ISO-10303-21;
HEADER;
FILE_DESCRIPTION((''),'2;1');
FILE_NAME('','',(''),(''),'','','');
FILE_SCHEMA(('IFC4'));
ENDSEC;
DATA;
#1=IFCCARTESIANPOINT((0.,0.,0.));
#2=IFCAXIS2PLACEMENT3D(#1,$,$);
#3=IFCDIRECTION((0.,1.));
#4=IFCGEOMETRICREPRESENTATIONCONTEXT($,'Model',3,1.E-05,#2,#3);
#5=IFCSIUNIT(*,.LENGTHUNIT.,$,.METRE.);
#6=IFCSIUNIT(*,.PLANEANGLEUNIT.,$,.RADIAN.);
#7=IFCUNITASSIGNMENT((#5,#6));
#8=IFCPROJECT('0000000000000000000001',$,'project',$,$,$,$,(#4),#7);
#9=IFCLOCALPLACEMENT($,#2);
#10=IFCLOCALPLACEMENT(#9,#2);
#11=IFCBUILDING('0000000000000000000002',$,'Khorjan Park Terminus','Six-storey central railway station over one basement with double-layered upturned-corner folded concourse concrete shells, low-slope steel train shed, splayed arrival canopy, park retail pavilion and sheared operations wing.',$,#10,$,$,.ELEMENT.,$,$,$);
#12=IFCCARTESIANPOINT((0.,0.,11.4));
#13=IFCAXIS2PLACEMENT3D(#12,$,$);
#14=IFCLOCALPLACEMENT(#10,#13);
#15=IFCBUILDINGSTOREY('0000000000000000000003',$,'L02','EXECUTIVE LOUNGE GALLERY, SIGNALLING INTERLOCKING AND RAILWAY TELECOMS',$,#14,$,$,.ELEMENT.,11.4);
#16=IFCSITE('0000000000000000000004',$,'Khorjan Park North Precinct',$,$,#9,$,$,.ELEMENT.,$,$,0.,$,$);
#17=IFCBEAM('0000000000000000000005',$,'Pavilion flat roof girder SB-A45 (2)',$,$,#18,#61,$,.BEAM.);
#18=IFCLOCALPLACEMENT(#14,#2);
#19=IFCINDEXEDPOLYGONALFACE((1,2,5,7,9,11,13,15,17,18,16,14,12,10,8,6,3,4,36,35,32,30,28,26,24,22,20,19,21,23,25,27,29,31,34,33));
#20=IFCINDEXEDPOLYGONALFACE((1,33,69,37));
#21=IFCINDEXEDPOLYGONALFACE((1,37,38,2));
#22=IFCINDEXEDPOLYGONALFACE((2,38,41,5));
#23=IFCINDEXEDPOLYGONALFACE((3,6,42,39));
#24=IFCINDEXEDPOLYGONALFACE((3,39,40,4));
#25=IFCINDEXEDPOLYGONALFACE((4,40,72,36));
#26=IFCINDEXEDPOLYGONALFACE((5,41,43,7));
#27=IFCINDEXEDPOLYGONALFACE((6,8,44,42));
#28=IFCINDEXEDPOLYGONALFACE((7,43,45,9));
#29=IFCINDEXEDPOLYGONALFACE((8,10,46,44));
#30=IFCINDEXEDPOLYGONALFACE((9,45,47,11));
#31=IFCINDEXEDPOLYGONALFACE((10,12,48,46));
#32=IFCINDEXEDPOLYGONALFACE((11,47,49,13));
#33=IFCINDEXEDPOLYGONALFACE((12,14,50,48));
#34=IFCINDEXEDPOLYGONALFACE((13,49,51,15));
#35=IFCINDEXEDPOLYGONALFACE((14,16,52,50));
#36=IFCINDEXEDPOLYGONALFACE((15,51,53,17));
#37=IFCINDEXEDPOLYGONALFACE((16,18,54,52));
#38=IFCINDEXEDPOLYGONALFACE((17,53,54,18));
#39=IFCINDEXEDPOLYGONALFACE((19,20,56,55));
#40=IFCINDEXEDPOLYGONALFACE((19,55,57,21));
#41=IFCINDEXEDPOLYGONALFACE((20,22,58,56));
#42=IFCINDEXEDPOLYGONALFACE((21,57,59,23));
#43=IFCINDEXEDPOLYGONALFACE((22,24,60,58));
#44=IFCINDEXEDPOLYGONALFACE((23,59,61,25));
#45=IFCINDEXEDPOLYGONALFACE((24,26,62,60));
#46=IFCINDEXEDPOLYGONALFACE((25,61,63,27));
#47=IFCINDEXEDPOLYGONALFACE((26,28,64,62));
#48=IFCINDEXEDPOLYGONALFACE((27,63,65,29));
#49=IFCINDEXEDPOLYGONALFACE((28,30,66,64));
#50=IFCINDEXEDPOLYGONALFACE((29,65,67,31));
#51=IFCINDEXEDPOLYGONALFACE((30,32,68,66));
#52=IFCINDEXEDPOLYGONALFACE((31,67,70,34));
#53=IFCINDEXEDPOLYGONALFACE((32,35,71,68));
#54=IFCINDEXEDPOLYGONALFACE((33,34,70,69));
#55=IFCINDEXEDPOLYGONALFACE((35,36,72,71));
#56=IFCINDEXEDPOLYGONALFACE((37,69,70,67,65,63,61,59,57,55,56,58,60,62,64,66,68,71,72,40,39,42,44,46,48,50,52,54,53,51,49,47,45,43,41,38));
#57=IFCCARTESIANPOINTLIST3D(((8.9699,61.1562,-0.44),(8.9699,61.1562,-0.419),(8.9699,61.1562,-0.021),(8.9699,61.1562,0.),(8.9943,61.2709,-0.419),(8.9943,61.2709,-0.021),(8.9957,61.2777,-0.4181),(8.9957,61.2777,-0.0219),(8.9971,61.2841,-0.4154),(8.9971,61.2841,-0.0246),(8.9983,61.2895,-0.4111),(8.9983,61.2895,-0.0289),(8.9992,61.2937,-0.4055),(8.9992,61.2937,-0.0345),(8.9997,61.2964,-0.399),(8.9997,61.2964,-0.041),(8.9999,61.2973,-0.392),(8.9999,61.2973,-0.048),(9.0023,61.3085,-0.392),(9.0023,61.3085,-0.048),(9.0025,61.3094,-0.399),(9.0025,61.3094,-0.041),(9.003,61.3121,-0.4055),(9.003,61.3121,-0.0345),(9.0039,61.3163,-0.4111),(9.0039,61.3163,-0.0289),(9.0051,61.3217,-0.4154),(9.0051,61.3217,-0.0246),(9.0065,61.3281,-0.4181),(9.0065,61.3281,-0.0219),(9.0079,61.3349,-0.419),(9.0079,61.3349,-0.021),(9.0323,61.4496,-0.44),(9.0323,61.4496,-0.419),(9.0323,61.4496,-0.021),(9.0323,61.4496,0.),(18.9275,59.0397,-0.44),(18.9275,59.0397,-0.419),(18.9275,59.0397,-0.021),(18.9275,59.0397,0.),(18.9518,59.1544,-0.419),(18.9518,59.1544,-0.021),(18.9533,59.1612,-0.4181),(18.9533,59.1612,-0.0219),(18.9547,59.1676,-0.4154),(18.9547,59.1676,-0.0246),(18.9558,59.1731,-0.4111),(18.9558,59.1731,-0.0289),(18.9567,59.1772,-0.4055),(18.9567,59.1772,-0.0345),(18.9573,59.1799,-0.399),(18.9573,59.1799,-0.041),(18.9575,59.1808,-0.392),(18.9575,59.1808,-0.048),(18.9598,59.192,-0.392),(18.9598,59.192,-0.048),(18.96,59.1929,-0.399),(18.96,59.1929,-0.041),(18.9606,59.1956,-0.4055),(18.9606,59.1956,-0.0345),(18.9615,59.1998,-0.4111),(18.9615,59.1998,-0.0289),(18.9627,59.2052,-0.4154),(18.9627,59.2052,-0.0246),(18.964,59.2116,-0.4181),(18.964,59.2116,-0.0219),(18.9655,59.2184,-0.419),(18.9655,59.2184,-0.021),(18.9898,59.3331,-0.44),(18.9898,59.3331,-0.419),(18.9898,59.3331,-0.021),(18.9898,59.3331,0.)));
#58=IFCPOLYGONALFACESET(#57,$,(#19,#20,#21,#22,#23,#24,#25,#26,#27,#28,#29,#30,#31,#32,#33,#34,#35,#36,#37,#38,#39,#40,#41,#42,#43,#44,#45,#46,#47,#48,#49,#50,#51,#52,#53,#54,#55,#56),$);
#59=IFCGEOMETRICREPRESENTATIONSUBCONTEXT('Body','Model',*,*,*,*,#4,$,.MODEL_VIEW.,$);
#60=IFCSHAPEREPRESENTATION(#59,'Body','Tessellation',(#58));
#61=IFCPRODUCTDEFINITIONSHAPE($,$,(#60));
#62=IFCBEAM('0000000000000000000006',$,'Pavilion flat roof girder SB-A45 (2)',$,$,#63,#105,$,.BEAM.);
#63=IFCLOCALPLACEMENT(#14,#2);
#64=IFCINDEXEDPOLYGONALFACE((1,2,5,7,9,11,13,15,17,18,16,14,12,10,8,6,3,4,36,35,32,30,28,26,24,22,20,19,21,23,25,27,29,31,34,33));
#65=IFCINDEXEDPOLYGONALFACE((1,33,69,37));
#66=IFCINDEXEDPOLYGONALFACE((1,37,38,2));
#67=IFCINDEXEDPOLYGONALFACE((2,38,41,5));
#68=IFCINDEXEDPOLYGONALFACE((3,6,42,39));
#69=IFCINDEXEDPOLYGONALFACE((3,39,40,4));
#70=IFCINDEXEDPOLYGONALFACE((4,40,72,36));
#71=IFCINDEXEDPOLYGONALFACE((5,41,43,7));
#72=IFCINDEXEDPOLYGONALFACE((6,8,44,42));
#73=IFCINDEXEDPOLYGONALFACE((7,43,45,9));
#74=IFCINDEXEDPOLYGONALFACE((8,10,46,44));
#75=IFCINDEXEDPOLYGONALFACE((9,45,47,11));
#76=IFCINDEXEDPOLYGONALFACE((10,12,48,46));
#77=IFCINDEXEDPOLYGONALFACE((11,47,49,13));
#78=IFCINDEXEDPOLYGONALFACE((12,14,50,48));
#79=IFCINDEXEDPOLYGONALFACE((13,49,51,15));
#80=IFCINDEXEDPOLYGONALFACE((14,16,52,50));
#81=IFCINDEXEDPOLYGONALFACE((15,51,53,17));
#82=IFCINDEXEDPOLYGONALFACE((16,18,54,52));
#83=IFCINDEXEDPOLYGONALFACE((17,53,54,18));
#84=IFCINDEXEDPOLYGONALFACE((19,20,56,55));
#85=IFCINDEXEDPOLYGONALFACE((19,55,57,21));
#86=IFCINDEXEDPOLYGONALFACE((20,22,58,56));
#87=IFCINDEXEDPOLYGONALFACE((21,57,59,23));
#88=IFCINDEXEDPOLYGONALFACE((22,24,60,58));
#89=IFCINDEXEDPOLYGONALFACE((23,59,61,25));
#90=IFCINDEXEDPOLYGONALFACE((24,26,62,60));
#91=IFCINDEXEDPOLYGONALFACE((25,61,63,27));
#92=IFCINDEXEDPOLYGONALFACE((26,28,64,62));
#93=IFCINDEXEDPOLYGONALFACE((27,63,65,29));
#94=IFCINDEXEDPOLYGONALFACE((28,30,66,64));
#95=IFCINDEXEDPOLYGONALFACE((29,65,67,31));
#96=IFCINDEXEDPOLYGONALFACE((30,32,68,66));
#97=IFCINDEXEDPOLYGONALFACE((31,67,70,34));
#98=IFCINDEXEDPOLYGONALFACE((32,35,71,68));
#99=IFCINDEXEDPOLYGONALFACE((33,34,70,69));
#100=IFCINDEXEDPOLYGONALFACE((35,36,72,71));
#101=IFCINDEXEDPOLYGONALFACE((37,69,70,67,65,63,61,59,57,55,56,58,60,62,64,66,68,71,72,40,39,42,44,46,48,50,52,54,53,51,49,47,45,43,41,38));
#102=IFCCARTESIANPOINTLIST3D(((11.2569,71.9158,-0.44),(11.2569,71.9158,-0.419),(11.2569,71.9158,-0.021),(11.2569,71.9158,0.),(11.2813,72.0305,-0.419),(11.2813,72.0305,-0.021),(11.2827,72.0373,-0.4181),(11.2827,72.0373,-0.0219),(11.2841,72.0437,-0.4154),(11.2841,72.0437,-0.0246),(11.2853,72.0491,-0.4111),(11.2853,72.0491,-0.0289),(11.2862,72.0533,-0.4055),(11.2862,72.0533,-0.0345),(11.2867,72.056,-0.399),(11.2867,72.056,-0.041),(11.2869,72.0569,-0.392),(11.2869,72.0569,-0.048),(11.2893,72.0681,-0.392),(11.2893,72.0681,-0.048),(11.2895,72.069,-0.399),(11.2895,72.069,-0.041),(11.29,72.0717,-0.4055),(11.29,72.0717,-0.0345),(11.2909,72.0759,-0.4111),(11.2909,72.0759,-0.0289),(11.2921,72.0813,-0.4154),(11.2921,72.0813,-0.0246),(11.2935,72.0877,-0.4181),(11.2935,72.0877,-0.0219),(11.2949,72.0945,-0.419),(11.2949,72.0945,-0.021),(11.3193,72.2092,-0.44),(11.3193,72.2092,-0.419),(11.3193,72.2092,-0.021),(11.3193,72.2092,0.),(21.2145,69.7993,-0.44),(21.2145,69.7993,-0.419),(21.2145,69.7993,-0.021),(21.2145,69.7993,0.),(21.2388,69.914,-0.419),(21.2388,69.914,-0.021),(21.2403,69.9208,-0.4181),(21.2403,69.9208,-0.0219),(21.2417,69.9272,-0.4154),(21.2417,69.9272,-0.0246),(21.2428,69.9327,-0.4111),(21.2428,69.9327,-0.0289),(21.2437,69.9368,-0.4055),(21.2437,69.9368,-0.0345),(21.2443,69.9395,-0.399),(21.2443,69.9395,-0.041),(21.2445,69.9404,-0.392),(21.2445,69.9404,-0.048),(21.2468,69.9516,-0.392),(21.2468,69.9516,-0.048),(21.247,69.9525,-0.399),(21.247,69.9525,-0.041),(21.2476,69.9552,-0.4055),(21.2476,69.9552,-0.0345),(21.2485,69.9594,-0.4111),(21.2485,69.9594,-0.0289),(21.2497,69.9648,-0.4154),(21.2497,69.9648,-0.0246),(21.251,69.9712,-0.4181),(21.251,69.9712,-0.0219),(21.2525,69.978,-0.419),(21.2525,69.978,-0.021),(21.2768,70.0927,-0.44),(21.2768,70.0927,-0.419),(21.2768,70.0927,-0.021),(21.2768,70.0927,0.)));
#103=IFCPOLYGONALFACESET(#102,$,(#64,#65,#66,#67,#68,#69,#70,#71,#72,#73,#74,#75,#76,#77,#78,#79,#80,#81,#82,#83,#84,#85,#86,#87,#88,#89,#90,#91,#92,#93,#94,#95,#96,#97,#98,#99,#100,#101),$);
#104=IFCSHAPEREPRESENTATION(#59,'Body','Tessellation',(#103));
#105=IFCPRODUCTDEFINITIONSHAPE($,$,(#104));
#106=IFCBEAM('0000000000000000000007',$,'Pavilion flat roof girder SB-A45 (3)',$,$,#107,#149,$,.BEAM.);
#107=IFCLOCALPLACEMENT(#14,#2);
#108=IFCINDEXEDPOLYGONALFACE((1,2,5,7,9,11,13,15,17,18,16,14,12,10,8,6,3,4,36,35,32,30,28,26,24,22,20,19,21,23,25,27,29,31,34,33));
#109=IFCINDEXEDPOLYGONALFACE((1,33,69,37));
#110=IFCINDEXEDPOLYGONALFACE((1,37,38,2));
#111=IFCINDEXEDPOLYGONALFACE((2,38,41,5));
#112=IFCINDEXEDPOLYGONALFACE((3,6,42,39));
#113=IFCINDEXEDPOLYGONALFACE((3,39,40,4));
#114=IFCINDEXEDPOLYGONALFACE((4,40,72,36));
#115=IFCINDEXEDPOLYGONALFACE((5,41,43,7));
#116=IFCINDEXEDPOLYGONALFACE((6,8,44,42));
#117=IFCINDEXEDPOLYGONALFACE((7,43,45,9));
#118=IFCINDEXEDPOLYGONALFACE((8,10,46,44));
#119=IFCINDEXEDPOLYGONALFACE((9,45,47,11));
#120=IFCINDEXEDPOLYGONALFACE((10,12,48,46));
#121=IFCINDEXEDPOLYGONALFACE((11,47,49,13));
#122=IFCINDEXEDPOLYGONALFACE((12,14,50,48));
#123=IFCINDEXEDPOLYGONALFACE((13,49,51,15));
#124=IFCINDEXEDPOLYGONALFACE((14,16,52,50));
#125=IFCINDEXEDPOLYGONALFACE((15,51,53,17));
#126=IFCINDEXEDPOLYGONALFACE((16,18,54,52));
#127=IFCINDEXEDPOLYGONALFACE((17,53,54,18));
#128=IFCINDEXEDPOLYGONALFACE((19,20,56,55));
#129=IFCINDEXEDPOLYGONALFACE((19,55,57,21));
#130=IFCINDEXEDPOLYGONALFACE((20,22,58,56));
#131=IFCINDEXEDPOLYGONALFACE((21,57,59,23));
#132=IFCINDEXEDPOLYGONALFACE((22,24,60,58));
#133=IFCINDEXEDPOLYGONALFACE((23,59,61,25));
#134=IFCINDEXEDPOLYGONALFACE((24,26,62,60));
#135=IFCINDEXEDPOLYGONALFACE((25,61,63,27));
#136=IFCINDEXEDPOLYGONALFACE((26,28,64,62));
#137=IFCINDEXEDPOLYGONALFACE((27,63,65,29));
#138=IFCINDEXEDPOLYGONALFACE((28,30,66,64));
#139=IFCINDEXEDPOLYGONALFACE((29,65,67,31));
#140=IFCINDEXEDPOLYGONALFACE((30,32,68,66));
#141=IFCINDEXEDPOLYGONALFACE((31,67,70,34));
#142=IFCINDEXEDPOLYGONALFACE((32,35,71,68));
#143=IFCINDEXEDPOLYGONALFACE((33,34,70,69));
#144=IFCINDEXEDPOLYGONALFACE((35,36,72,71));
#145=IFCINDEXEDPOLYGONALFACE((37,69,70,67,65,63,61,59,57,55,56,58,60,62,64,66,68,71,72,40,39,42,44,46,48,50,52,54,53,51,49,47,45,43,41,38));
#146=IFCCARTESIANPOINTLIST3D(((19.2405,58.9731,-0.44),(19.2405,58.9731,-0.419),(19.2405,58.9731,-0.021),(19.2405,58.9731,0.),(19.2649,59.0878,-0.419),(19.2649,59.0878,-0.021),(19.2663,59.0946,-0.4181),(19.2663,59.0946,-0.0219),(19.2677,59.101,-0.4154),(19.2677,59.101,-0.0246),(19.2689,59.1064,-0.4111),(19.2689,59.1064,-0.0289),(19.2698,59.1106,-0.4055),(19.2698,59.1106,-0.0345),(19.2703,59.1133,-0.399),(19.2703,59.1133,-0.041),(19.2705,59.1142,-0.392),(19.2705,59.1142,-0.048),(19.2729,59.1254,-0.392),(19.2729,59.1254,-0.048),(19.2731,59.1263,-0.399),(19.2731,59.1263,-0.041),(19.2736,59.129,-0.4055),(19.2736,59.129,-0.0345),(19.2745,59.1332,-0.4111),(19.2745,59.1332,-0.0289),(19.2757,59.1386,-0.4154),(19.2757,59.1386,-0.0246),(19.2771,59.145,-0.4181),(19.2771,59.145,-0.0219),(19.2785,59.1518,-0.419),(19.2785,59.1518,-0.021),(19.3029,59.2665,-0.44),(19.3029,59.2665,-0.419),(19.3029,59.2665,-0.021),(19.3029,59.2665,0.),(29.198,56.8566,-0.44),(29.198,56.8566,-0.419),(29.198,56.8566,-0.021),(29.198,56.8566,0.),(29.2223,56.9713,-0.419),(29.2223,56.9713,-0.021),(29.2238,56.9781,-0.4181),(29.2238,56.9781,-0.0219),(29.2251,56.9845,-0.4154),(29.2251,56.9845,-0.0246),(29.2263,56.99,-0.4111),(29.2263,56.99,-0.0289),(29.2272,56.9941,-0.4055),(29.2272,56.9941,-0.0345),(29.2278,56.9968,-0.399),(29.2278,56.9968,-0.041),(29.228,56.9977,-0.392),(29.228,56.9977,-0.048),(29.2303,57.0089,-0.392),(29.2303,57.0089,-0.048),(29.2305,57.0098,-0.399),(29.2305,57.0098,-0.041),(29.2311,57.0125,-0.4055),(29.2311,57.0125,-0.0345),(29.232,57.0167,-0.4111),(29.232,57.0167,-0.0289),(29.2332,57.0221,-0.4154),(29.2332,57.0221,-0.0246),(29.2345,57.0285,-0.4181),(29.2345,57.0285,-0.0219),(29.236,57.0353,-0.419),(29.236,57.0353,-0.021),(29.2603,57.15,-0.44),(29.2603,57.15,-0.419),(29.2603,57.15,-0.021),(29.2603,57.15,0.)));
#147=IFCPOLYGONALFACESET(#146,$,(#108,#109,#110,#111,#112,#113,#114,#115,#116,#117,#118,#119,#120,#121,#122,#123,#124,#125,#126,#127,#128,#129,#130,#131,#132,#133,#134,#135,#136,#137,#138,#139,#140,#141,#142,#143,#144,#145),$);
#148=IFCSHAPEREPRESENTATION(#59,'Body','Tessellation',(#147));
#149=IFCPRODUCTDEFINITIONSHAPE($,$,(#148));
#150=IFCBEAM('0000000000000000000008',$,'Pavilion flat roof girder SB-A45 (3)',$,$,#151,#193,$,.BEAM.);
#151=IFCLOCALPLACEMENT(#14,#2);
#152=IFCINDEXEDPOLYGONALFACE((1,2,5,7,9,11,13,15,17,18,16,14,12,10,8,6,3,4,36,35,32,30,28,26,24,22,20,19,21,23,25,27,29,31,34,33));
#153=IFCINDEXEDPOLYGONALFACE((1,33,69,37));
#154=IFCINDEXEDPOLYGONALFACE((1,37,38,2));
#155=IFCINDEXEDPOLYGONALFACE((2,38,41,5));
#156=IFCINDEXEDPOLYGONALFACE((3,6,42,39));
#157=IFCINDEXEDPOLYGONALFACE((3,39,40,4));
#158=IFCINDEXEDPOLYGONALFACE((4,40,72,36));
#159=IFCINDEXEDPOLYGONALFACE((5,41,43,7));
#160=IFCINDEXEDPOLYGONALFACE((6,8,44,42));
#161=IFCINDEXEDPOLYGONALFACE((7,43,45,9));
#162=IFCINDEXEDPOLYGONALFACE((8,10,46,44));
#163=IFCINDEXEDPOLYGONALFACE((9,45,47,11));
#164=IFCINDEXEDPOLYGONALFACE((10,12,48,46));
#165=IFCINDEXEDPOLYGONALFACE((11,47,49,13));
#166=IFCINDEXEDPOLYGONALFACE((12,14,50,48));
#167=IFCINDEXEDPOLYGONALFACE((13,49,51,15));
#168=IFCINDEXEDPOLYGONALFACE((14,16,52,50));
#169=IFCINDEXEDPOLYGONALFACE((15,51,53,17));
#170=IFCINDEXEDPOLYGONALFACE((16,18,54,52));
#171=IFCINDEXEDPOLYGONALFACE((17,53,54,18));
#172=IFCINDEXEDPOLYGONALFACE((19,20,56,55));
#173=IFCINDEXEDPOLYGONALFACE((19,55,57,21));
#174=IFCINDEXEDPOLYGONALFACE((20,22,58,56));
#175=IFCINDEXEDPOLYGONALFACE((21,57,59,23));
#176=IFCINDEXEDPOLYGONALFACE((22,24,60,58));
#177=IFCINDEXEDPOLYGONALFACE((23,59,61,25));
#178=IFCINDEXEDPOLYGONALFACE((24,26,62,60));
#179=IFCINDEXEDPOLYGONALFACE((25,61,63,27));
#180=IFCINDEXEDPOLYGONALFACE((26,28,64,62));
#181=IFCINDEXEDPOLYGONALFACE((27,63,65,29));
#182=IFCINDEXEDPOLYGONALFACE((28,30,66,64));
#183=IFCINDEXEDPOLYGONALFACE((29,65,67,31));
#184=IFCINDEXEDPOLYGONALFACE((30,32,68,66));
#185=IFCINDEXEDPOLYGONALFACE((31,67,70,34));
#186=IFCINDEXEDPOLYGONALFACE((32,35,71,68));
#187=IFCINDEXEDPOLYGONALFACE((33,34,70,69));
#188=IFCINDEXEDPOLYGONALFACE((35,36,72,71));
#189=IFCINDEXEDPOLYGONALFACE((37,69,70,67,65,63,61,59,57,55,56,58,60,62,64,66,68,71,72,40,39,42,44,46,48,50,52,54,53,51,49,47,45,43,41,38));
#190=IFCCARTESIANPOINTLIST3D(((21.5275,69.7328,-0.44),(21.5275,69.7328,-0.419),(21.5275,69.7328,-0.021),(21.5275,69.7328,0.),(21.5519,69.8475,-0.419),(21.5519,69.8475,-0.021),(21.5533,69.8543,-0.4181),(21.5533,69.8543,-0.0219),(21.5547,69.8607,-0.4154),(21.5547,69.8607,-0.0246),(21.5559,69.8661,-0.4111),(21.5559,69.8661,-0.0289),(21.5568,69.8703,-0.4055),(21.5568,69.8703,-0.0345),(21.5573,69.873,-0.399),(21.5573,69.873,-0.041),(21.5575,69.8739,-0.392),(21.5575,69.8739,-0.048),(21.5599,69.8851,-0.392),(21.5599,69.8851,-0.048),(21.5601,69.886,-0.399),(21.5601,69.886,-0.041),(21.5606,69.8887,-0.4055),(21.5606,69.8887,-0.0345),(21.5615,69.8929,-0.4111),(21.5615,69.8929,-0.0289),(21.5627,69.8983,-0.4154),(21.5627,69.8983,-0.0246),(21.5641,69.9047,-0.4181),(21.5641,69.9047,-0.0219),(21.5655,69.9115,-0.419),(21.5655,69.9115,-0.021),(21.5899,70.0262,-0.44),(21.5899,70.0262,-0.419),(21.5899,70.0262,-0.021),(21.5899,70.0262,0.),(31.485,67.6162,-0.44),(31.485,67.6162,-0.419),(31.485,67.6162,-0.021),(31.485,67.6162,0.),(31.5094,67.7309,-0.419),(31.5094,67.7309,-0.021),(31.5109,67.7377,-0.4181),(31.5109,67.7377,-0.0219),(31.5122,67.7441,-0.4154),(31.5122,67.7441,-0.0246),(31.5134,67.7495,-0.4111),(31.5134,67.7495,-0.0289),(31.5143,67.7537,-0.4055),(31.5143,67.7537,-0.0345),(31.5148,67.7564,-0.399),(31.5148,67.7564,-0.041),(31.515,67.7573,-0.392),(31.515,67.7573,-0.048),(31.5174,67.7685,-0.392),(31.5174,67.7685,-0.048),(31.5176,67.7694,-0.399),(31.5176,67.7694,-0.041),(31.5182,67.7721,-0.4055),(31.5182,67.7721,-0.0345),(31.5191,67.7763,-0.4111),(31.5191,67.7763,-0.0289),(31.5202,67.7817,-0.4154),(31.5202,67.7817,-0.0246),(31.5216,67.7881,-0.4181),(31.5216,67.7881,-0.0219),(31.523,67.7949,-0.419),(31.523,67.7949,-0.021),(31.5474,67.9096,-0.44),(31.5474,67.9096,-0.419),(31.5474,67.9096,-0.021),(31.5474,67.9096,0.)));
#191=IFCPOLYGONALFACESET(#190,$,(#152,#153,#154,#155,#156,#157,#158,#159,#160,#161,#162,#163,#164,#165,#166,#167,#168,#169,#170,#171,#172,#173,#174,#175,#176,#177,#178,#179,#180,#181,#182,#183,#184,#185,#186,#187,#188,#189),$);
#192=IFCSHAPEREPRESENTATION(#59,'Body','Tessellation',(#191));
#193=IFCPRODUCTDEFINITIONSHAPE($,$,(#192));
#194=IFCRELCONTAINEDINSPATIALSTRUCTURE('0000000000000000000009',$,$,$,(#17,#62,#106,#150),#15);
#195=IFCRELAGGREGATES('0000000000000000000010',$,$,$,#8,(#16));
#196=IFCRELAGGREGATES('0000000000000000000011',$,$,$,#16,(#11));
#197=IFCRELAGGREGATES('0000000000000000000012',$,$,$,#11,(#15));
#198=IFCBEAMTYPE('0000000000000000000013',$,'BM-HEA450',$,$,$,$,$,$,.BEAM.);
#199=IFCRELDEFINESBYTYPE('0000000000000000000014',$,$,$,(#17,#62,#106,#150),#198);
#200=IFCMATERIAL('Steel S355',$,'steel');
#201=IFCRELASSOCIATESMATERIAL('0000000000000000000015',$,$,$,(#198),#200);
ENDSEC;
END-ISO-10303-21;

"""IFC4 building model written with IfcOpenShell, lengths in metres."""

from ifc_helpers import new_model, si_unit, direction, frame, origin, origin_2d, place, context, subcontext, project, spatial, i_section, extrude, material, material_profile, profile_set, type_object, element, save


model = new_model("IFC4")

# Units and contexts
model_context = context("Model", 3, precision=1e-05, world=origin(), true_north=direction((0.0, 1.0)))
body_context = subcontext(model_context, "Body", "Model", "MODEL_VIEW")
ifc_project = project(units=[si_unit("LENGTHUNIT", "METRE"), si_unit("PLANEANGLEUNIT", "RADIAN")], contexts=[model_context])

# Site, building, storey
site_placement = place(None, origin())
site = spatial("IfcSite", under=ifc_project, at=site_placement, Name="Khorjan Park North Precinct", CompositionType="ELEMENT", RefElevation=0.0)
building_placement = place(site_placement, origin())
building = spatial("IfcBuilding", under=site, at=building_placement, Name="Khorjan Park Terminus", Description="Six-storey central railway station over one basement with double-layered upturned-corner folded concourse concrete shells, low-slope steel train shed, splayed arrival canopy, park retail pavilion and sheared operations wing.", CompositionType="ELEMENT")
storey_placement = place(building_placement, frame((0.0, 0.0, 11.4)))
storey = spatial("IfcBuildingStorey", under=building, at=storey_placement, Name="L02", Description="EXECUTIVE LOUNGE GALLERY, SIGNALLING INTERLOCKING AND RAILWAY TELECOMS", CompositionType="ELEMENT", Elevation=11.4)

# Beams
ifc_material_1 = material(Name="Steel S355", Category="steel")
ifc_material_profile_1 = material_profile(ifc_material_1, i_section(OverallWidth=0.3, OverallDepth=0.44, WebThickness=0.0115, FlangeThickness=0.021, FilletRadius=0.027, at=origin_2d()), Name="HEA 450")
ifc_profile_set_1 = profile_set([ifc_material_profile_1], Name="Steel S355")
beam_type_1 = type_object("IfcBeamType", Name="BM-HEA450", PredefinedType="BEAM", material=ifc_profile_set_1)
for number, where, z_axis, x_axis, name in (
    (1, (9.0011, 61.3029, -0.22), (0.978149, -0.207907, 0.0), (0.207907, 0.978149, 0.0), "Pavilion flat roof girder SB-A45 (2)"),
    (2, (11.2881, 72.0625, -0.22), (0.978149, -0.207907, 0.0), (0.207907, 0.978149, 0.0), "Pavilion flat roof girder SB-A45 (2)"),
):
    element("IfcBeam", number, at=place(storey_placement, frame(where, z_axis=z_axis, x_axis=x_axis)), inside=storey, type_object=beam_type_1, Name=name, PredefinedType="BEAM", context=body_context, shape_type="SweptSolid", body=[
        extrude(i_section(OverallWidth=0.3, OverallDepth=0.44, WebThickness=0.0115, FlangeThickness=0.021, FilletRadius=0.027, at=origin_2d()), origin(), (0.0, 0.0, 1.0), 10.18),
    ])
beam_1_placement = place(storey_placement, frame((19.2717, 59.1198, -0.22), z_axis=(0.978148, -0.207909, 0.0), x_axis=(0.207909, 0.978148, 0.0)))
element("IfcBeam", 3, at=beam_1_placement, inside=storey, type_object=beam_type_1, Name="Pavilion flat roof girder SB-A45 (3)", PredefinedType="BEAM", context=body_context, shape_type="SweptSolid", body=[
    extrude(i_section(OverallWidth=0.3, OverallDepth=0.44, WebThickness=0.0115, FlangeThickness=0.021, FilletRadius=0.027, at=origin_2d()), origin(), (0.0, 0.0, 1.0), 10.1799),
])
beam_2_placement = place(storey_placement, frame((21.5587, 69.8795, -0.22), z_axis=(0.978146, -0.207918, 0.0), x_axis=(0.207918, 0.978146, 0.0)))
element("IfcBeam", 4, at=beam_2_placement, inside=storey, type_object=beam_type_1, Name="Pavilion flat roof girder SB-A45 (3)", PredefinedType="BEAM", context=body_context, shape_type="SweptSolid", body=[
    extrude(i_section(OverallWidth=0.3, OverallDepth=0.44, WebThickness=0.0115, FlangeThickness=0.021, FilletRadius=0.027, at=origin_2d()), origin(), (0.0, 0.0, 1.0), 10.18),
])

save(model, "model.ifc")
